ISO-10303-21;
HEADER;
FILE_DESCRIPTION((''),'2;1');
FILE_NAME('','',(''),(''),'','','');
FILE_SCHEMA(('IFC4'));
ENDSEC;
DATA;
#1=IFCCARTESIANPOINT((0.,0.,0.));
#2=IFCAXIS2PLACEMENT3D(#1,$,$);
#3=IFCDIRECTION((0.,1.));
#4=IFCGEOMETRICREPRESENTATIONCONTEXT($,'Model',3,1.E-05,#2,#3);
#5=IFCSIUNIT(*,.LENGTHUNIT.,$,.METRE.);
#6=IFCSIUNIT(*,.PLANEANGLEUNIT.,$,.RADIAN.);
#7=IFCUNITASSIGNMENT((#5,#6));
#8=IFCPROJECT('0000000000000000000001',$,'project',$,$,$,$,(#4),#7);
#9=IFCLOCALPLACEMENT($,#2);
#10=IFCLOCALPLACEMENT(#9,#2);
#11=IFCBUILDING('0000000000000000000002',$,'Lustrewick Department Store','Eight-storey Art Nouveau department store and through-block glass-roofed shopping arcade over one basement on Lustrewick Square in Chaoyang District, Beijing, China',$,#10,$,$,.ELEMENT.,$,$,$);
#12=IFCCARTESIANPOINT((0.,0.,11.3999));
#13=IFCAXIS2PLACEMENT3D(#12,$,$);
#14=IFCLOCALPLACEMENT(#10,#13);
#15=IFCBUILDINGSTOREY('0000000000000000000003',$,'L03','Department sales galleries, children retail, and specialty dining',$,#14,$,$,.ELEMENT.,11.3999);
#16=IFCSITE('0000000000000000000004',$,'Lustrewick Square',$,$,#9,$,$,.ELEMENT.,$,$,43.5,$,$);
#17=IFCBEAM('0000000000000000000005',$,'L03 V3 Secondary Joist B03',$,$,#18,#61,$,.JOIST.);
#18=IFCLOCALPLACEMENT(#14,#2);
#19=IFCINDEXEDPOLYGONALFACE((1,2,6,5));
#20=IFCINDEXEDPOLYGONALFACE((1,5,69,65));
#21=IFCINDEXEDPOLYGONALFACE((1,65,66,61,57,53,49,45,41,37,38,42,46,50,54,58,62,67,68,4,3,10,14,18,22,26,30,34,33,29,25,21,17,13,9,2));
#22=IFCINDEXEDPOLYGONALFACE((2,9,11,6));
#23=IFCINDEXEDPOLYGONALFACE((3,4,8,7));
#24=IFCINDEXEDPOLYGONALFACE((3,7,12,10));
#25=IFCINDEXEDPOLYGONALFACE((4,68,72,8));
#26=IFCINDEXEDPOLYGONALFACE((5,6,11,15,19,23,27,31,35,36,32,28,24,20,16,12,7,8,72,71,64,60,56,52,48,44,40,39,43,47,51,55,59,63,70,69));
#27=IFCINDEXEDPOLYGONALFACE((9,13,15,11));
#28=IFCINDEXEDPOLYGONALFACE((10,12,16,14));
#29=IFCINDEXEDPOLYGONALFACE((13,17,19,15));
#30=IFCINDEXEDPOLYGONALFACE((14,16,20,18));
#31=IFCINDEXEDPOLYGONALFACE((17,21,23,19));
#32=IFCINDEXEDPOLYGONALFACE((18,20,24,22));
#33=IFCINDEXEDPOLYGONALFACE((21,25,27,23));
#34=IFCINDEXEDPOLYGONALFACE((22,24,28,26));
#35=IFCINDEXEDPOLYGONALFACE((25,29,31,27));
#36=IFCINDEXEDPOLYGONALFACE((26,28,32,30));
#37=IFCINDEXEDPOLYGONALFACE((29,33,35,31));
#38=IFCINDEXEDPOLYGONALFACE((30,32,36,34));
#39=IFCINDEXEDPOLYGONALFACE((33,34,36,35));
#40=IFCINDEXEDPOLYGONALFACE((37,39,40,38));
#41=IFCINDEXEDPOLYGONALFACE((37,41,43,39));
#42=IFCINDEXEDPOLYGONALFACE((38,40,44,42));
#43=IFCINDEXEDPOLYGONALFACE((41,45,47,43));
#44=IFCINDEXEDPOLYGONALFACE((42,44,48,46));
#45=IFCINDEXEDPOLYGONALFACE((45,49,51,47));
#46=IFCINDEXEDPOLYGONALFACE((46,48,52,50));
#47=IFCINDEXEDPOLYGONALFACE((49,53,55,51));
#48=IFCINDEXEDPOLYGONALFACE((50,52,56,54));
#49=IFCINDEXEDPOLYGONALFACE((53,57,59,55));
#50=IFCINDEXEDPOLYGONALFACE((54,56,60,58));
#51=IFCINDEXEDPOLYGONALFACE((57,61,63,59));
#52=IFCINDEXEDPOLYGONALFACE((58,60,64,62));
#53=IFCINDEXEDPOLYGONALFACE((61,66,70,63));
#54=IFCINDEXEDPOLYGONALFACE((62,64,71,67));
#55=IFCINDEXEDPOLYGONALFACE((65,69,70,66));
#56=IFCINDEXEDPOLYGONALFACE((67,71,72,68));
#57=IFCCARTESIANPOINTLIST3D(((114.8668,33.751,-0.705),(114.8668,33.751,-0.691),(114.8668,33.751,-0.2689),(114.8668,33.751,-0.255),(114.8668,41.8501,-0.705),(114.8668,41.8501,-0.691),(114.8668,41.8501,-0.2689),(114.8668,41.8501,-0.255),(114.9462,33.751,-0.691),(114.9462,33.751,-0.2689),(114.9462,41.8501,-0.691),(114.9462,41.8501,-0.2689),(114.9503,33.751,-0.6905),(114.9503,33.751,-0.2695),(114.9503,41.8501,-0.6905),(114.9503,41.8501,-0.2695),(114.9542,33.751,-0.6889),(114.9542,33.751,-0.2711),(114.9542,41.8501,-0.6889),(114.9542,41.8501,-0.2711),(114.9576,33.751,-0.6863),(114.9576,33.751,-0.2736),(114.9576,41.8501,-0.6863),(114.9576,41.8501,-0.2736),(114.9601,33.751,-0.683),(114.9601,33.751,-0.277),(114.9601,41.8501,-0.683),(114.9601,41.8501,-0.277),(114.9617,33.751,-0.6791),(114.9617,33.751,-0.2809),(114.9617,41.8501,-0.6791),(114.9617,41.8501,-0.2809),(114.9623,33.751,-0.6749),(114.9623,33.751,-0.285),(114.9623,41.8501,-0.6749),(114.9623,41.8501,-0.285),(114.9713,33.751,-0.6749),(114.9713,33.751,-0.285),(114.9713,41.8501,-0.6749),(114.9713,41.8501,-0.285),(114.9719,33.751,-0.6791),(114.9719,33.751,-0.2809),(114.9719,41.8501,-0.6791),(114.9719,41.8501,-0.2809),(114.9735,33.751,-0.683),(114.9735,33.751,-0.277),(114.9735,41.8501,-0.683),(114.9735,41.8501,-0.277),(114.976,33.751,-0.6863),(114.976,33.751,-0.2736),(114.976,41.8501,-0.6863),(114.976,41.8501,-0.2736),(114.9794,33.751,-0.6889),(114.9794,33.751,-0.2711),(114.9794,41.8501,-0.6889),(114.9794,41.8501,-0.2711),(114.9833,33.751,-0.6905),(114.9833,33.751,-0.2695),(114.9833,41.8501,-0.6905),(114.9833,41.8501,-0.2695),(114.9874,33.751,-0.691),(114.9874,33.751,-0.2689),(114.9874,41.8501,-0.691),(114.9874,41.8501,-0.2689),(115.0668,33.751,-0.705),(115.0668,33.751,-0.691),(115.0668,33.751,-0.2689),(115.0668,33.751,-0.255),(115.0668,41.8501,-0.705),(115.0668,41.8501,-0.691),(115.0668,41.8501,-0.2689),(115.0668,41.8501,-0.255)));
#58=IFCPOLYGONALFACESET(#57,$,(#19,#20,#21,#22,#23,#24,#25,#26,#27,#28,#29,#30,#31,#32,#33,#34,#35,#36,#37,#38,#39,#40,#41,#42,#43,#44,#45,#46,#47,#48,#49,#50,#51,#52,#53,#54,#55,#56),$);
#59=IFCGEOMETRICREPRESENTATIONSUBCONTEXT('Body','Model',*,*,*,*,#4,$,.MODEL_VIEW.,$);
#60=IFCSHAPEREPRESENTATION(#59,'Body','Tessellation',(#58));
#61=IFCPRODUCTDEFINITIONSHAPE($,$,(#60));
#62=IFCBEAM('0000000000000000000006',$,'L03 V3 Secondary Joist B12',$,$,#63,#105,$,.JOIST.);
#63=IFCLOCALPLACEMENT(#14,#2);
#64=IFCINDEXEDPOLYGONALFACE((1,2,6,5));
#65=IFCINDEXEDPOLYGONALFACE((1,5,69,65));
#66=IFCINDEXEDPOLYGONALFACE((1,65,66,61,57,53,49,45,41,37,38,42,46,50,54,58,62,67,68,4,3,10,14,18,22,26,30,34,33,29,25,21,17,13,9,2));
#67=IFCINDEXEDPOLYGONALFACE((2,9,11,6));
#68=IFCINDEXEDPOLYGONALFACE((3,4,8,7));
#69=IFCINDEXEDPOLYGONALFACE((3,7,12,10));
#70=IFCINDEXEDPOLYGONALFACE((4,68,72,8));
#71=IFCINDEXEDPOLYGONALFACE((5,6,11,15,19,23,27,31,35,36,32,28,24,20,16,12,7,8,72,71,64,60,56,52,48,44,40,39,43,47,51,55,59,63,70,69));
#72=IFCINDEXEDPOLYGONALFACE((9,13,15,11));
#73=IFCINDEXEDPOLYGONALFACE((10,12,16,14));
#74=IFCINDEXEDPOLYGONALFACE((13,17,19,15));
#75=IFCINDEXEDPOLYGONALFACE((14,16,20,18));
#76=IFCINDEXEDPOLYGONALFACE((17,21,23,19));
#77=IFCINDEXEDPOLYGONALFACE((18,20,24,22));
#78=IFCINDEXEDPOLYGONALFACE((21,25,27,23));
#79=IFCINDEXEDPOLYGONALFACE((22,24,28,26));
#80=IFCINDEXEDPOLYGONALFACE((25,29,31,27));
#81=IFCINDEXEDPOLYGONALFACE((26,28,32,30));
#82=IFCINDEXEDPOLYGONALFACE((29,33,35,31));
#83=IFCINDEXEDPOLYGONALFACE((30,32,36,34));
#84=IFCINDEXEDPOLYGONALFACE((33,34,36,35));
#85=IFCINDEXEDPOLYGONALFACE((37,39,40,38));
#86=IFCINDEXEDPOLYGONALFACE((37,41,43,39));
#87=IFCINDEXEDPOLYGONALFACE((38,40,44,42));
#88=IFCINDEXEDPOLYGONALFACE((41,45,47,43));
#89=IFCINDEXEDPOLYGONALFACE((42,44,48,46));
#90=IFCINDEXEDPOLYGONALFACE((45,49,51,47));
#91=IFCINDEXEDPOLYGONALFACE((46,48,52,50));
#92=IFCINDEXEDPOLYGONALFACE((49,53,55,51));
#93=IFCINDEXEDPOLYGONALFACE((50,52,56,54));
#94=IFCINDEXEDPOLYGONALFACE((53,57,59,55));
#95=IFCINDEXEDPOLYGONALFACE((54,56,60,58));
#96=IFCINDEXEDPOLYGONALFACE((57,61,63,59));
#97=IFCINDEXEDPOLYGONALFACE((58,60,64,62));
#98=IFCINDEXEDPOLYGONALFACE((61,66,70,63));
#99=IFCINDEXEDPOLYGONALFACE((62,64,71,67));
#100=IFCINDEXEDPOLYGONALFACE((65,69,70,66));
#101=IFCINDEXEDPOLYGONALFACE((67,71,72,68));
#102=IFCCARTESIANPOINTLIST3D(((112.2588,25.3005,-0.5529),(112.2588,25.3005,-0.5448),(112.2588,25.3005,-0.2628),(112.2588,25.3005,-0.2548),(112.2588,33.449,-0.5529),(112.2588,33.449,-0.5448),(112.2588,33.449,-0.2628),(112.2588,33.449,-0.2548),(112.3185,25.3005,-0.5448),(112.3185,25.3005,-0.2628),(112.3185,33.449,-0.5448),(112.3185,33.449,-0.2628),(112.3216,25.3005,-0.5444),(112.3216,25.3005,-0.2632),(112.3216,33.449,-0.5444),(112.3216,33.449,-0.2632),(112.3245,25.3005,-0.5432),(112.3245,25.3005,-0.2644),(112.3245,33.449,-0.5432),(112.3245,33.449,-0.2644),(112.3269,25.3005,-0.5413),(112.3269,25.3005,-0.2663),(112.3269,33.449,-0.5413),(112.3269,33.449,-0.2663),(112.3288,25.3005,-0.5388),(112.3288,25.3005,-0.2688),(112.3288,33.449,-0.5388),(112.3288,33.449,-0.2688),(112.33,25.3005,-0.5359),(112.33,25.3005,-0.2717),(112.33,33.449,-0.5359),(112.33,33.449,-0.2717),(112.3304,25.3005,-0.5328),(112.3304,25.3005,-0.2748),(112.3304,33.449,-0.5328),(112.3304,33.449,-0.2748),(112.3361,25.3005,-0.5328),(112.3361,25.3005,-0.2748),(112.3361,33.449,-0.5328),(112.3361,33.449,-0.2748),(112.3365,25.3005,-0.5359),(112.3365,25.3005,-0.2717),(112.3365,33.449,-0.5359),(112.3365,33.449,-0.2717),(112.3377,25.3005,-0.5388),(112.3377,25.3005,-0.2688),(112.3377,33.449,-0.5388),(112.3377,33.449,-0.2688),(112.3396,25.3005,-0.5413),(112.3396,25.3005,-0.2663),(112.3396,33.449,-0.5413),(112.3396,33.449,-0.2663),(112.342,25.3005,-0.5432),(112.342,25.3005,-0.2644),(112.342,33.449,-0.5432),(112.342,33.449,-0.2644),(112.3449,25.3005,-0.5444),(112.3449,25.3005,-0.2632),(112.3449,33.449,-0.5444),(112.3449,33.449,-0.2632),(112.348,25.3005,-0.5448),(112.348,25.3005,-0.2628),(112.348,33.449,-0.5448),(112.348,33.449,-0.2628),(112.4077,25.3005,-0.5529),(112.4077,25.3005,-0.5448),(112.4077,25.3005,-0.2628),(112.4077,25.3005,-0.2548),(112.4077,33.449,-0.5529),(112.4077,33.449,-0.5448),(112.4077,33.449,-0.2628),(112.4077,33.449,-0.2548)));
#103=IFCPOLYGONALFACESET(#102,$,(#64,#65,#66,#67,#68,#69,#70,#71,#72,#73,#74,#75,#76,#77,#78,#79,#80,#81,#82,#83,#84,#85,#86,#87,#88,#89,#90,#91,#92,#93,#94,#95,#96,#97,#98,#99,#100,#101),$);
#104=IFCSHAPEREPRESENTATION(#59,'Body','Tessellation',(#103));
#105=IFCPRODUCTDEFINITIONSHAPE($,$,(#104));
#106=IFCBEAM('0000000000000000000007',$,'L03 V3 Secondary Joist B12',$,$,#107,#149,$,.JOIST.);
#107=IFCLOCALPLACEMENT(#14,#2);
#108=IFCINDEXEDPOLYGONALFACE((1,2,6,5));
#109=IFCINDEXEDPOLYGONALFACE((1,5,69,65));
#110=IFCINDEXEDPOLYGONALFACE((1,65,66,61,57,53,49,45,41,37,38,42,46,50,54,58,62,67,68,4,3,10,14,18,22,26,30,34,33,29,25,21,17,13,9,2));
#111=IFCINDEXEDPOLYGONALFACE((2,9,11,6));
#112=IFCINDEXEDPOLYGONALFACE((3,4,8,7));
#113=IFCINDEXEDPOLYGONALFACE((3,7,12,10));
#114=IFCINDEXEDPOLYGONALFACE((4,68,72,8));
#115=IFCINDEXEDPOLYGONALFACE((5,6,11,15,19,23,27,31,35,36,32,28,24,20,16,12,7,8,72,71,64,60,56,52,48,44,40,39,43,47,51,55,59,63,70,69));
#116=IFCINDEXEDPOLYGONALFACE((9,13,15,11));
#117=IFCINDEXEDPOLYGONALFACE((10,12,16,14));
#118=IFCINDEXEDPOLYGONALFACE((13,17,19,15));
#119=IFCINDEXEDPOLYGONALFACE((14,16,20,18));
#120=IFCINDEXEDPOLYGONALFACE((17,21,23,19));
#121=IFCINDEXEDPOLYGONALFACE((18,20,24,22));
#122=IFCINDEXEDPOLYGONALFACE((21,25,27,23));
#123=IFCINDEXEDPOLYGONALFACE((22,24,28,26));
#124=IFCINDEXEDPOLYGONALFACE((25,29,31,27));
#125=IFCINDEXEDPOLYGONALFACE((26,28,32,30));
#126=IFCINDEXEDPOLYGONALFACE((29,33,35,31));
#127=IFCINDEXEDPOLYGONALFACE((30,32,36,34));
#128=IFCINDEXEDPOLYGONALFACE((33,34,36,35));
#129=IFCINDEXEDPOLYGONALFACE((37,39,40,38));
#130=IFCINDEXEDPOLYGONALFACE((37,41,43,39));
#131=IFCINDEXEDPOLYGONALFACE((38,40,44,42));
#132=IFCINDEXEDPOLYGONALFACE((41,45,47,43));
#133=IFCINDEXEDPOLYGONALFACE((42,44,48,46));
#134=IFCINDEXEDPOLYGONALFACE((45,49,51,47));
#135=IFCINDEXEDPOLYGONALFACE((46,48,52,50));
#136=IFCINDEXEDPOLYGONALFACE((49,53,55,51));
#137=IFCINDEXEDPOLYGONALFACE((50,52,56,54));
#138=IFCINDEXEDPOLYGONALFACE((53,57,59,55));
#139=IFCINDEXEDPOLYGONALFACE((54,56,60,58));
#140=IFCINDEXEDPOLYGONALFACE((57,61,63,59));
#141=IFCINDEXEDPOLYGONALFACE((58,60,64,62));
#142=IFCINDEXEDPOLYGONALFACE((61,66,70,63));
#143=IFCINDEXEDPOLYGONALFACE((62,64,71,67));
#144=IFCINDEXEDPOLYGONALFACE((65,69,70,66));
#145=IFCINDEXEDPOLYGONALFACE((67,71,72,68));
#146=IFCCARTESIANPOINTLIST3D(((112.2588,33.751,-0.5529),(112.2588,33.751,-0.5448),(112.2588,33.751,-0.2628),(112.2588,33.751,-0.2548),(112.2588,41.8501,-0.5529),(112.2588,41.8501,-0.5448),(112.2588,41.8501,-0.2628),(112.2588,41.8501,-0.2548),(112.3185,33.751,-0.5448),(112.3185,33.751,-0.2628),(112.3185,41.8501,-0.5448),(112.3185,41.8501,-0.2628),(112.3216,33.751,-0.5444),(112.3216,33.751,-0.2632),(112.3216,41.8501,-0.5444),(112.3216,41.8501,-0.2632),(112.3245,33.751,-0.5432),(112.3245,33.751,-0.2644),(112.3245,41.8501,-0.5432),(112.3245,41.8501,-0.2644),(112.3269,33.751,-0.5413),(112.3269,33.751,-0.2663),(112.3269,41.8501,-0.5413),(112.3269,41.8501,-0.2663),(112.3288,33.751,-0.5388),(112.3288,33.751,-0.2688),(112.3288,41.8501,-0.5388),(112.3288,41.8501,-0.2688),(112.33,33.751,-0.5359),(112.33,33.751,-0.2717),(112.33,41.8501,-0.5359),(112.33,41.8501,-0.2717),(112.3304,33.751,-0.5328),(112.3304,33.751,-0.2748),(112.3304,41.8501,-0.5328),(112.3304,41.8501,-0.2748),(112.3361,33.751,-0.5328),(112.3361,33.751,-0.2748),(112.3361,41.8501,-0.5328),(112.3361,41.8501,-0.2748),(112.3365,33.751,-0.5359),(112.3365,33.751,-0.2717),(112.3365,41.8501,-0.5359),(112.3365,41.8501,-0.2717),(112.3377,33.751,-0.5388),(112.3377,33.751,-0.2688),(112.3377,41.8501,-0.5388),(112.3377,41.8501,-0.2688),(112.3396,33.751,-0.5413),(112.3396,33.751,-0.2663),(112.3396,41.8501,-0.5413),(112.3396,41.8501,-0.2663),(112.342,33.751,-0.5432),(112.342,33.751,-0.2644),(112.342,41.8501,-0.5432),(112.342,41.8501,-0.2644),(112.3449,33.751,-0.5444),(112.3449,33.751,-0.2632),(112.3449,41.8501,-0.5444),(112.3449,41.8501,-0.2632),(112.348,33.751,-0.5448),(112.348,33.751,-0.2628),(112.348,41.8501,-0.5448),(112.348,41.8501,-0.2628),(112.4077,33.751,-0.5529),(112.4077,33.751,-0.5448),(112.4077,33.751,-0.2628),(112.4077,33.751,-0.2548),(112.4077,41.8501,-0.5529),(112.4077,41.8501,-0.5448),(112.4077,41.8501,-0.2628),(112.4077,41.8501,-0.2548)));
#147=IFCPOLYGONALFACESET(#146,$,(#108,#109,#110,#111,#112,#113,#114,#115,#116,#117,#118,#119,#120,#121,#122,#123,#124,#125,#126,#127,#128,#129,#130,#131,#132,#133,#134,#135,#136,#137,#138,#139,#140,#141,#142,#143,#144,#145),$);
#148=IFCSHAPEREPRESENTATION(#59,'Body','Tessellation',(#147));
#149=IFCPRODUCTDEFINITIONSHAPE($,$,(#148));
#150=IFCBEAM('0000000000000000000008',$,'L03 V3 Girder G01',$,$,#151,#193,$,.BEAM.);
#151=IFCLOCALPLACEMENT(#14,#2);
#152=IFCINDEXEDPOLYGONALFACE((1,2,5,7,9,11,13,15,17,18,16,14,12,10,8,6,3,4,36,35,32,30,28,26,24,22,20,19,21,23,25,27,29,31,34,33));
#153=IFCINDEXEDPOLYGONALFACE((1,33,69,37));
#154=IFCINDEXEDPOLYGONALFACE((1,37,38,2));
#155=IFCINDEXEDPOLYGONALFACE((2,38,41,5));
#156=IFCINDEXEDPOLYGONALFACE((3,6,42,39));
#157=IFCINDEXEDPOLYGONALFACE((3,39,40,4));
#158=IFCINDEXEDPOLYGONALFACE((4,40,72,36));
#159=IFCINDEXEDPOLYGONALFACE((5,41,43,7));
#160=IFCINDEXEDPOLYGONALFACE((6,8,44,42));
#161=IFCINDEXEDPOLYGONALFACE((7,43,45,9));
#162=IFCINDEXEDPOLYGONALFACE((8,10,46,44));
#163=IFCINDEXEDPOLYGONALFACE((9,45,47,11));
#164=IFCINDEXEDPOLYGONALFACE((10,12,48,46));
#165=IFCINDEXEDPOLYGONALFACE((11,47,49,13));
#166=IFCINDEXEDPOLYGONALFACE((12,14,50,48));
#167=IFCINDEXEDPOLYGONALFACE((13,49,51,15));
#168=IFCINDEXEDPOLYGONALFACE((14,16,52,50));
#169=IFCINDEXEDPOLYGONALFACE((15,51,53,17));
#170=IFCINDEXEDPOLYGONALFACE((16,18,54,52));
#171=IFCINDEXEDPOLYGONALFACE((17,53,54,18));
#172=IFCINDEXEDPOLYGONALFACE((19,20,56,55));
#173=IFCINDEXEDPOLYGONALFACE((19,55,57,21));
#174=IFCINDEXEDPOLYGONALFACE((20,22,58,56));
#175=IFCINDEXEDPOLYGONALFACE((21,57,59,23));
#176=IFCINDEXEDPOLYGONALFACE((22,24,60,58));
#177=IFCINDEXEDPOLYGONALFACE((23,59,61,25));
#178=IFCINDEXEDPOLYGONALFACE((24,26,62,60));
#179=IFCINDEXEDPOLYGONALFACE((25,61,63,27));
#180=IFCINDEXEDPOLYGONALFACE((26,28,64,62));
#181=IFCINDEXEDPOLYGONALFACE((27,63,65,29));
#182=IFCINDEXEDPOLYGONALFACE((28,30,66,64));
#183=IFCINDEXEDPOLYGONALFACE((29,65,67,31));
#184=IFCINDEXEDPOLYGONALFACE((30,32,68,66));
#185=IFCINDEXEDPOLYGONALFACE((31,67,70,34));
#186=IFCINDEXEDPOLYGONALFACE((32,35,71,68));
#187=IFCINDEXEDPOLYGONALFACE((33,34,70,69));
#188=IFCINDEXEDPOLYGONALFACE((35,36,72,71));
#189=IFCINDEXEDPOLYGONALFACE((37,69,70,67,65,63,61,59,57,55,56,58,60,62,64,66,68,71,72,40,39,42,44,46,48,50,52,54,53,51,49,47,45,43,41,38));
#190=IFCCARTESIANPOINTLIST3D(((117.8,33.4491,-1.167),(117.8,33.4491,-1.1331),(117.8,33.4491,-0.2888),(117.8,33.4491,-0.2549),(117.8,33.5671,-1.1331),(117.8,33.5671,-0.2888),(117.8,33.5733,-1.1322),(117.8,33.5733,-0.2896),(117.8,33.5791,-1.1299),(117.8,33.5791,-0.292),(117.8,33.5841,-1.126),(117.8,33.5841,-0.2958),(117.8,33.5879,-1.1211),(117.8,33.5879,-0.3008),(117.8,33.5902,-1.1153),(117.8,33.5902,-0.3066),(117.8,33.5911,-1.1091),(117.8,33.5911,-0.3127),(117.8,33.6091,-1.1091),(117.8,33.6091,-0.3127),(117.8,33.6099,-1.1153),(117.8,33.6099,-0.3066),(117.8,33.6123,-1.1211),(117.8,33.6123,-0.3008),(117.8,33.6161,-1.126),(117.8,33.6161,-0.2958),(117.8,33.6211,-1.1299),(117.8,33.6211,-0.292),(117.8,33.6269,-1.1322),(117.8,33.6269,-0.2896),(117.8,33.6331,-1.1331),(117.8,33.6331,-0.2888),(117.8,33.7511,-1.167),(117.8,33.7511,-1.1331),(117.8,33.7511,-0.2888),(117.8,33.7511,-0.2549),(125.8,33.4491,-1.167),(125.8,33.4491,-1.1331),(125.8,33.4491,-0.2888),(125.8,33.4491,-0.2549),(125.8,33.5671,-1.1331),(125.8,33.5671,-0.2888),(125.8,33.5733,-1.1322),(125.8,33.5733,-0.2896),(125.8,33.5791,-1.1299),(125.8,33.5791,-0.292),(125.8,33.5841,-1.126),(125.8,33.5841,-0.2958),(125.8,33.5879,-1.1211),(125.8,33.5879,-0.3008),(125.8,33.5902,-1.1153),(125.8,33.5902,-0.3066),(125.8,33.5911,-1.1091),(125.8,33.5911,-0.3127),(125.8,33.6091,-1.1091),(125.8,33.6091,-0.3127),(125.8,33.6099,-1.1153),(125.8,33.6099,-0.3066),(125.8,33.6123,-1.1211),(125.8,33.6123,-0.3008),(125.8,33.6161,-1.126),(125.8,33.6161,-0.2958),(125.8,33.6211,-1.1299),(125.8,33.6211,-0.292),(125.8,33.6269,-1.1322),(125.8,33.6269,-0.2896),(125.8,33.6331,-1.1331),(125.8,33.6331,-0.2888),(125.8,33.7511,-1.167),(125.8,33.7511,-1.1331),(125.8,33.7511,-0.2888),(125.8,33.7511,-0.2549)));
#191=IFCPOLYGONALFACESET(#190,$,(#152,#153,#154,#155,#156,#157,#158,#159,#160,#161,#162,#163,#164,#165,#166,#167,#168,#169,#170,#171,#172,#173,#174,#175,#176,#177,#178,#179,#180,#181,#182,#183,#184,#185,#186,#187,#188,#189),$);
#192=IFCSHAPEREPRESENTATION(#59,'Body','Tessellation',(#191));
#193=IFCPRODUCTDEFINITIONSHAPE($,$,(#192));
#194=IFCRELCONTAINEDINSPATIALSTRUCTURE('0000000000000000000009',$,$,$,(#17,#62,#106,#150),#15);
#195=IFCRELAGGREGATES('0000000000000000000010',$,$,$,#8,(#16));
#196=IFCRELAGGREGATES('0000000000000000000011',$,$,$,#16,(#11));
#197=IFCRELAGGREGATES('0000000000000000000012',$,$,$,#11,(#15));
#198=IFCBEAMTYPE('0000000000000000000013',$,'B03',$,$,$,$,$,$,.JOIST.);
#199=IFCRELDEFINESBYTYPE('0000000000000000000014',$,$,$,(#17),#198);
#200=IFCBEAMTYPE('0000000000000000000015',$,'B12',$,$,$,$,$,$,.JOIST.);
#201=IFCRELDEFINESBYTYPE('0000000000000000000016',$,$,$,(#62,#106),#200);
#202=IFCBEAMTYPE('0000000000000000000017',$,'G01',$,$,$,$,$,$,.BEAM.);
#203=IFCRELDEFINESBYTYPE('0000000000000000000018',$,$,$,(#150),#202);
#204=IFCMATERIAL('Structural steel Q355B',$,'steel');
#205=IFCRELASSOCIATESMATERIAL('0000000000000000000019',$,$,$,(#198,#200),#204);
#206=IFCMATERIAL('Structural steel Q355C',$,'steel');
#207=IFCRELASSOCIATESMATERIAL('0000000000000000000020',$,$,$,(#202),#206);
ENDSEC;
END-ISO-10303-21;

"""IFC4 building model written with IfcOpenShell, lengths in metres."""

from ifc_helpers import new_model, si_unit, direction, frame, origin, origin_2d, place, context, subcontext, project, spatial, i_section, extrude, material, material_profile, profile_set, type_object, element, save


model = new_model("IFC4")

# Units and contexts
model_context = context("Model", 3, precision=1e-05, world=origin(), true_north=direction((0.0, 1.0)))
body_context = subcontext(model_context, "Body", "Model", "MODEL_VIEW")
ifc_project = project(units=[si_unit("LENGTHUNIT", "METRE"), si_unit("PLANEANGLEUNIT", "RADIAN")], contexts=[model_context])

# Site, building, storey
site_placement = place(None, origin())
site = spatial("IfcSite", under=ifc_project, at=site_placement, Name="Lustrewick Square", CompositionType="ELEMENT", RefElevation=43.5)
building_placement = place(site_placement, origin())
building = spatial("IfcBuilding", under=site, at=building_placement, Name="Lustrewick Department Store", Description="Eight-storey Art Nouveau department store and through-block glass-roofed shopping arcade over one basement on Lustrewick Square in Chaoyang District, Beijing, China", CompositionType="ELEMENT")
storey_placement = place(building_placement, frame((0.0, 0.0, 11.3999)))
storey = spatial("IfcBuildingStorey", under=building, at=storey_placement, Name="L03", Description="Department sales galleries, children retail, and specialty dining", CompositionType="ELEMENT", Elevation=11.3999)

# Shared definitions
ifc_material_1 = material(Name="Structural steel Q355C", Category="steel")

# Beams
ifc_material_2 = material(Name="Structural steel Q355B", Category="steel")
ifc_material_profile_1 = material_profile(ifc_material_2, i_section(OverallWidth=0.2, OverallDepth=0.45, WebThickness=0.009, FlangeThickness=0.0139, FilletRadius=0.0161, at=origin_2d()), Name="HN 450x200x9x14")
ifc_profile_set_1 = profile_set([ifc_material_profile_1], Name="Structural steel Q355B")
beam_type_1 = type_object("IfcBeamType", Name="B03", PredefinedType="JOIST", material=ifc_profile_set_1)
beam_1_placement = place(storey_placement, frame((114.9668, 33.751, -0.48), z_axis=(0.0, 1.0, 0.0), x_axis=(-1.0, 0.0, 0.0)))
element("IfcBeam", 1, at=beam_1_placement, inside=storey, type_object=beam_type_1, Name="L03 V3 Secondary Joist B03", PredefinedType="JOIST", context=body_context, shape_type="SweptSolid", body=[
    extrude(i_section(OverallWidth=0.2, OverallDepth=0.45, WebThickness=0.009, FlangeThickness=0.0139, FilletRadius=0.0161, at=origin_2d()), origin(), (0.0, 0.0, 1.0), 8.0991),
])
ifc_material_profile_2 = material_profile(ifc_material_2, i_section(OverallWidth=0.1489, OverallDepth=0.2981, WebThickness=0.0056, FlangeThickness=0.0081, FilletRadius=0.012, at=origin_2d()), Name="HN 298x149x5.5x8")
ifc_profile_set_2 = profile_set([ifc_material_profile_2], Name="Structural steel Q355B")
beam_type_2 = type_object("IfcBeamType", Name="B12", PredefinedType="JOIST", material=ifc_profile_set_2)
beam_2_placement = place(storey_placement, frame((112.3333, 25.3005, -0.4038), z_axis=(0.0, 1.0, 0.0), x_axis=(-1.0, 0.0, 0.0)))
element("IfcBeam", 2, at=beam_2_placement, inside=storey, type_object=beam_type_2, Name="L03 V3 Secondary Joist B12", PredefinedType="JOIST", context=body_context, shape_type="SweptSolid", body=[
    extrude(i_section(OverallWidth=0.1489, OverallDepth=0.2981, WebThickness=0.0056, FlangeThickness=0.0081, FilletRadius=0.012, at=origin_2d()), origin(), (0.0, 0.0, 1.0), 8.1484),
])
beam_3_placement = place(storey_placement, frame((112.3333, 33.751, -0.4038), z_axis=(0.0, 1.0, 0.0), x_axis=(-1.0, 0.0, 0.0)))
element("IfcBeam", 3, at=beam_3_placement, inside=storey, type_object=beam_type_2, Name="L03 V3 Secondary Joist B12", PredefinedType="JOIST", context=body_context, shape_type="SweptSolid", body=[
    extrude(i_section(OverallWidth=0.1489, OverallDepth=0.2981, WebThickness=0.0056, FlangeThickness=0.0081, FilletRadius=0.012, at=origin_2d()), origin(), (0.0, 0.0, 1.0), 8.0991),
])
ifc_material_profile_3 = material_profile(ifc_material_1, i_section(OverallWidth=0.302, OverallDepth=0.9121, WebThickness=0.0181, FlangeThickness=0.0339, FilletRadius=0.0239, at=origin_2d()), Name="HN 912x302x18x34")
ifc_profile_set_3 = profile_set([ifc_material_profile_3], Name="Structural steel Q355C")
beam_type_3 = type_object("IfcBeamType", Name="G01", PredefinedType="BEAM", material=ifc_profile_set_3)
beam_4_placement = place(storey_placement, frame((117.8, 33.6001, -0.7109), z_axis=(1.0, 0.0, 0.0), x_axis=(0.0, 1.0, 0.0)))
element("IfcBeam", 4, at=beam_4_placement, inside=storey, type_object=beam_type_3, Name="L03 V3 Girder G01", PredefinedType="BEAM", context=body_context, shape_type="SweptSolid", body=[
    extrude(i_section(OverallWidth=0.302, OverallDepth=0.9121, WebThickness=0.0181, FlangeThickness=0.0339, FilletRadius=0.0239, at=origin_2d()), origin(), (0.0, 0.0, 1.0), 8.0),
])

save(model, "model.ifc")
